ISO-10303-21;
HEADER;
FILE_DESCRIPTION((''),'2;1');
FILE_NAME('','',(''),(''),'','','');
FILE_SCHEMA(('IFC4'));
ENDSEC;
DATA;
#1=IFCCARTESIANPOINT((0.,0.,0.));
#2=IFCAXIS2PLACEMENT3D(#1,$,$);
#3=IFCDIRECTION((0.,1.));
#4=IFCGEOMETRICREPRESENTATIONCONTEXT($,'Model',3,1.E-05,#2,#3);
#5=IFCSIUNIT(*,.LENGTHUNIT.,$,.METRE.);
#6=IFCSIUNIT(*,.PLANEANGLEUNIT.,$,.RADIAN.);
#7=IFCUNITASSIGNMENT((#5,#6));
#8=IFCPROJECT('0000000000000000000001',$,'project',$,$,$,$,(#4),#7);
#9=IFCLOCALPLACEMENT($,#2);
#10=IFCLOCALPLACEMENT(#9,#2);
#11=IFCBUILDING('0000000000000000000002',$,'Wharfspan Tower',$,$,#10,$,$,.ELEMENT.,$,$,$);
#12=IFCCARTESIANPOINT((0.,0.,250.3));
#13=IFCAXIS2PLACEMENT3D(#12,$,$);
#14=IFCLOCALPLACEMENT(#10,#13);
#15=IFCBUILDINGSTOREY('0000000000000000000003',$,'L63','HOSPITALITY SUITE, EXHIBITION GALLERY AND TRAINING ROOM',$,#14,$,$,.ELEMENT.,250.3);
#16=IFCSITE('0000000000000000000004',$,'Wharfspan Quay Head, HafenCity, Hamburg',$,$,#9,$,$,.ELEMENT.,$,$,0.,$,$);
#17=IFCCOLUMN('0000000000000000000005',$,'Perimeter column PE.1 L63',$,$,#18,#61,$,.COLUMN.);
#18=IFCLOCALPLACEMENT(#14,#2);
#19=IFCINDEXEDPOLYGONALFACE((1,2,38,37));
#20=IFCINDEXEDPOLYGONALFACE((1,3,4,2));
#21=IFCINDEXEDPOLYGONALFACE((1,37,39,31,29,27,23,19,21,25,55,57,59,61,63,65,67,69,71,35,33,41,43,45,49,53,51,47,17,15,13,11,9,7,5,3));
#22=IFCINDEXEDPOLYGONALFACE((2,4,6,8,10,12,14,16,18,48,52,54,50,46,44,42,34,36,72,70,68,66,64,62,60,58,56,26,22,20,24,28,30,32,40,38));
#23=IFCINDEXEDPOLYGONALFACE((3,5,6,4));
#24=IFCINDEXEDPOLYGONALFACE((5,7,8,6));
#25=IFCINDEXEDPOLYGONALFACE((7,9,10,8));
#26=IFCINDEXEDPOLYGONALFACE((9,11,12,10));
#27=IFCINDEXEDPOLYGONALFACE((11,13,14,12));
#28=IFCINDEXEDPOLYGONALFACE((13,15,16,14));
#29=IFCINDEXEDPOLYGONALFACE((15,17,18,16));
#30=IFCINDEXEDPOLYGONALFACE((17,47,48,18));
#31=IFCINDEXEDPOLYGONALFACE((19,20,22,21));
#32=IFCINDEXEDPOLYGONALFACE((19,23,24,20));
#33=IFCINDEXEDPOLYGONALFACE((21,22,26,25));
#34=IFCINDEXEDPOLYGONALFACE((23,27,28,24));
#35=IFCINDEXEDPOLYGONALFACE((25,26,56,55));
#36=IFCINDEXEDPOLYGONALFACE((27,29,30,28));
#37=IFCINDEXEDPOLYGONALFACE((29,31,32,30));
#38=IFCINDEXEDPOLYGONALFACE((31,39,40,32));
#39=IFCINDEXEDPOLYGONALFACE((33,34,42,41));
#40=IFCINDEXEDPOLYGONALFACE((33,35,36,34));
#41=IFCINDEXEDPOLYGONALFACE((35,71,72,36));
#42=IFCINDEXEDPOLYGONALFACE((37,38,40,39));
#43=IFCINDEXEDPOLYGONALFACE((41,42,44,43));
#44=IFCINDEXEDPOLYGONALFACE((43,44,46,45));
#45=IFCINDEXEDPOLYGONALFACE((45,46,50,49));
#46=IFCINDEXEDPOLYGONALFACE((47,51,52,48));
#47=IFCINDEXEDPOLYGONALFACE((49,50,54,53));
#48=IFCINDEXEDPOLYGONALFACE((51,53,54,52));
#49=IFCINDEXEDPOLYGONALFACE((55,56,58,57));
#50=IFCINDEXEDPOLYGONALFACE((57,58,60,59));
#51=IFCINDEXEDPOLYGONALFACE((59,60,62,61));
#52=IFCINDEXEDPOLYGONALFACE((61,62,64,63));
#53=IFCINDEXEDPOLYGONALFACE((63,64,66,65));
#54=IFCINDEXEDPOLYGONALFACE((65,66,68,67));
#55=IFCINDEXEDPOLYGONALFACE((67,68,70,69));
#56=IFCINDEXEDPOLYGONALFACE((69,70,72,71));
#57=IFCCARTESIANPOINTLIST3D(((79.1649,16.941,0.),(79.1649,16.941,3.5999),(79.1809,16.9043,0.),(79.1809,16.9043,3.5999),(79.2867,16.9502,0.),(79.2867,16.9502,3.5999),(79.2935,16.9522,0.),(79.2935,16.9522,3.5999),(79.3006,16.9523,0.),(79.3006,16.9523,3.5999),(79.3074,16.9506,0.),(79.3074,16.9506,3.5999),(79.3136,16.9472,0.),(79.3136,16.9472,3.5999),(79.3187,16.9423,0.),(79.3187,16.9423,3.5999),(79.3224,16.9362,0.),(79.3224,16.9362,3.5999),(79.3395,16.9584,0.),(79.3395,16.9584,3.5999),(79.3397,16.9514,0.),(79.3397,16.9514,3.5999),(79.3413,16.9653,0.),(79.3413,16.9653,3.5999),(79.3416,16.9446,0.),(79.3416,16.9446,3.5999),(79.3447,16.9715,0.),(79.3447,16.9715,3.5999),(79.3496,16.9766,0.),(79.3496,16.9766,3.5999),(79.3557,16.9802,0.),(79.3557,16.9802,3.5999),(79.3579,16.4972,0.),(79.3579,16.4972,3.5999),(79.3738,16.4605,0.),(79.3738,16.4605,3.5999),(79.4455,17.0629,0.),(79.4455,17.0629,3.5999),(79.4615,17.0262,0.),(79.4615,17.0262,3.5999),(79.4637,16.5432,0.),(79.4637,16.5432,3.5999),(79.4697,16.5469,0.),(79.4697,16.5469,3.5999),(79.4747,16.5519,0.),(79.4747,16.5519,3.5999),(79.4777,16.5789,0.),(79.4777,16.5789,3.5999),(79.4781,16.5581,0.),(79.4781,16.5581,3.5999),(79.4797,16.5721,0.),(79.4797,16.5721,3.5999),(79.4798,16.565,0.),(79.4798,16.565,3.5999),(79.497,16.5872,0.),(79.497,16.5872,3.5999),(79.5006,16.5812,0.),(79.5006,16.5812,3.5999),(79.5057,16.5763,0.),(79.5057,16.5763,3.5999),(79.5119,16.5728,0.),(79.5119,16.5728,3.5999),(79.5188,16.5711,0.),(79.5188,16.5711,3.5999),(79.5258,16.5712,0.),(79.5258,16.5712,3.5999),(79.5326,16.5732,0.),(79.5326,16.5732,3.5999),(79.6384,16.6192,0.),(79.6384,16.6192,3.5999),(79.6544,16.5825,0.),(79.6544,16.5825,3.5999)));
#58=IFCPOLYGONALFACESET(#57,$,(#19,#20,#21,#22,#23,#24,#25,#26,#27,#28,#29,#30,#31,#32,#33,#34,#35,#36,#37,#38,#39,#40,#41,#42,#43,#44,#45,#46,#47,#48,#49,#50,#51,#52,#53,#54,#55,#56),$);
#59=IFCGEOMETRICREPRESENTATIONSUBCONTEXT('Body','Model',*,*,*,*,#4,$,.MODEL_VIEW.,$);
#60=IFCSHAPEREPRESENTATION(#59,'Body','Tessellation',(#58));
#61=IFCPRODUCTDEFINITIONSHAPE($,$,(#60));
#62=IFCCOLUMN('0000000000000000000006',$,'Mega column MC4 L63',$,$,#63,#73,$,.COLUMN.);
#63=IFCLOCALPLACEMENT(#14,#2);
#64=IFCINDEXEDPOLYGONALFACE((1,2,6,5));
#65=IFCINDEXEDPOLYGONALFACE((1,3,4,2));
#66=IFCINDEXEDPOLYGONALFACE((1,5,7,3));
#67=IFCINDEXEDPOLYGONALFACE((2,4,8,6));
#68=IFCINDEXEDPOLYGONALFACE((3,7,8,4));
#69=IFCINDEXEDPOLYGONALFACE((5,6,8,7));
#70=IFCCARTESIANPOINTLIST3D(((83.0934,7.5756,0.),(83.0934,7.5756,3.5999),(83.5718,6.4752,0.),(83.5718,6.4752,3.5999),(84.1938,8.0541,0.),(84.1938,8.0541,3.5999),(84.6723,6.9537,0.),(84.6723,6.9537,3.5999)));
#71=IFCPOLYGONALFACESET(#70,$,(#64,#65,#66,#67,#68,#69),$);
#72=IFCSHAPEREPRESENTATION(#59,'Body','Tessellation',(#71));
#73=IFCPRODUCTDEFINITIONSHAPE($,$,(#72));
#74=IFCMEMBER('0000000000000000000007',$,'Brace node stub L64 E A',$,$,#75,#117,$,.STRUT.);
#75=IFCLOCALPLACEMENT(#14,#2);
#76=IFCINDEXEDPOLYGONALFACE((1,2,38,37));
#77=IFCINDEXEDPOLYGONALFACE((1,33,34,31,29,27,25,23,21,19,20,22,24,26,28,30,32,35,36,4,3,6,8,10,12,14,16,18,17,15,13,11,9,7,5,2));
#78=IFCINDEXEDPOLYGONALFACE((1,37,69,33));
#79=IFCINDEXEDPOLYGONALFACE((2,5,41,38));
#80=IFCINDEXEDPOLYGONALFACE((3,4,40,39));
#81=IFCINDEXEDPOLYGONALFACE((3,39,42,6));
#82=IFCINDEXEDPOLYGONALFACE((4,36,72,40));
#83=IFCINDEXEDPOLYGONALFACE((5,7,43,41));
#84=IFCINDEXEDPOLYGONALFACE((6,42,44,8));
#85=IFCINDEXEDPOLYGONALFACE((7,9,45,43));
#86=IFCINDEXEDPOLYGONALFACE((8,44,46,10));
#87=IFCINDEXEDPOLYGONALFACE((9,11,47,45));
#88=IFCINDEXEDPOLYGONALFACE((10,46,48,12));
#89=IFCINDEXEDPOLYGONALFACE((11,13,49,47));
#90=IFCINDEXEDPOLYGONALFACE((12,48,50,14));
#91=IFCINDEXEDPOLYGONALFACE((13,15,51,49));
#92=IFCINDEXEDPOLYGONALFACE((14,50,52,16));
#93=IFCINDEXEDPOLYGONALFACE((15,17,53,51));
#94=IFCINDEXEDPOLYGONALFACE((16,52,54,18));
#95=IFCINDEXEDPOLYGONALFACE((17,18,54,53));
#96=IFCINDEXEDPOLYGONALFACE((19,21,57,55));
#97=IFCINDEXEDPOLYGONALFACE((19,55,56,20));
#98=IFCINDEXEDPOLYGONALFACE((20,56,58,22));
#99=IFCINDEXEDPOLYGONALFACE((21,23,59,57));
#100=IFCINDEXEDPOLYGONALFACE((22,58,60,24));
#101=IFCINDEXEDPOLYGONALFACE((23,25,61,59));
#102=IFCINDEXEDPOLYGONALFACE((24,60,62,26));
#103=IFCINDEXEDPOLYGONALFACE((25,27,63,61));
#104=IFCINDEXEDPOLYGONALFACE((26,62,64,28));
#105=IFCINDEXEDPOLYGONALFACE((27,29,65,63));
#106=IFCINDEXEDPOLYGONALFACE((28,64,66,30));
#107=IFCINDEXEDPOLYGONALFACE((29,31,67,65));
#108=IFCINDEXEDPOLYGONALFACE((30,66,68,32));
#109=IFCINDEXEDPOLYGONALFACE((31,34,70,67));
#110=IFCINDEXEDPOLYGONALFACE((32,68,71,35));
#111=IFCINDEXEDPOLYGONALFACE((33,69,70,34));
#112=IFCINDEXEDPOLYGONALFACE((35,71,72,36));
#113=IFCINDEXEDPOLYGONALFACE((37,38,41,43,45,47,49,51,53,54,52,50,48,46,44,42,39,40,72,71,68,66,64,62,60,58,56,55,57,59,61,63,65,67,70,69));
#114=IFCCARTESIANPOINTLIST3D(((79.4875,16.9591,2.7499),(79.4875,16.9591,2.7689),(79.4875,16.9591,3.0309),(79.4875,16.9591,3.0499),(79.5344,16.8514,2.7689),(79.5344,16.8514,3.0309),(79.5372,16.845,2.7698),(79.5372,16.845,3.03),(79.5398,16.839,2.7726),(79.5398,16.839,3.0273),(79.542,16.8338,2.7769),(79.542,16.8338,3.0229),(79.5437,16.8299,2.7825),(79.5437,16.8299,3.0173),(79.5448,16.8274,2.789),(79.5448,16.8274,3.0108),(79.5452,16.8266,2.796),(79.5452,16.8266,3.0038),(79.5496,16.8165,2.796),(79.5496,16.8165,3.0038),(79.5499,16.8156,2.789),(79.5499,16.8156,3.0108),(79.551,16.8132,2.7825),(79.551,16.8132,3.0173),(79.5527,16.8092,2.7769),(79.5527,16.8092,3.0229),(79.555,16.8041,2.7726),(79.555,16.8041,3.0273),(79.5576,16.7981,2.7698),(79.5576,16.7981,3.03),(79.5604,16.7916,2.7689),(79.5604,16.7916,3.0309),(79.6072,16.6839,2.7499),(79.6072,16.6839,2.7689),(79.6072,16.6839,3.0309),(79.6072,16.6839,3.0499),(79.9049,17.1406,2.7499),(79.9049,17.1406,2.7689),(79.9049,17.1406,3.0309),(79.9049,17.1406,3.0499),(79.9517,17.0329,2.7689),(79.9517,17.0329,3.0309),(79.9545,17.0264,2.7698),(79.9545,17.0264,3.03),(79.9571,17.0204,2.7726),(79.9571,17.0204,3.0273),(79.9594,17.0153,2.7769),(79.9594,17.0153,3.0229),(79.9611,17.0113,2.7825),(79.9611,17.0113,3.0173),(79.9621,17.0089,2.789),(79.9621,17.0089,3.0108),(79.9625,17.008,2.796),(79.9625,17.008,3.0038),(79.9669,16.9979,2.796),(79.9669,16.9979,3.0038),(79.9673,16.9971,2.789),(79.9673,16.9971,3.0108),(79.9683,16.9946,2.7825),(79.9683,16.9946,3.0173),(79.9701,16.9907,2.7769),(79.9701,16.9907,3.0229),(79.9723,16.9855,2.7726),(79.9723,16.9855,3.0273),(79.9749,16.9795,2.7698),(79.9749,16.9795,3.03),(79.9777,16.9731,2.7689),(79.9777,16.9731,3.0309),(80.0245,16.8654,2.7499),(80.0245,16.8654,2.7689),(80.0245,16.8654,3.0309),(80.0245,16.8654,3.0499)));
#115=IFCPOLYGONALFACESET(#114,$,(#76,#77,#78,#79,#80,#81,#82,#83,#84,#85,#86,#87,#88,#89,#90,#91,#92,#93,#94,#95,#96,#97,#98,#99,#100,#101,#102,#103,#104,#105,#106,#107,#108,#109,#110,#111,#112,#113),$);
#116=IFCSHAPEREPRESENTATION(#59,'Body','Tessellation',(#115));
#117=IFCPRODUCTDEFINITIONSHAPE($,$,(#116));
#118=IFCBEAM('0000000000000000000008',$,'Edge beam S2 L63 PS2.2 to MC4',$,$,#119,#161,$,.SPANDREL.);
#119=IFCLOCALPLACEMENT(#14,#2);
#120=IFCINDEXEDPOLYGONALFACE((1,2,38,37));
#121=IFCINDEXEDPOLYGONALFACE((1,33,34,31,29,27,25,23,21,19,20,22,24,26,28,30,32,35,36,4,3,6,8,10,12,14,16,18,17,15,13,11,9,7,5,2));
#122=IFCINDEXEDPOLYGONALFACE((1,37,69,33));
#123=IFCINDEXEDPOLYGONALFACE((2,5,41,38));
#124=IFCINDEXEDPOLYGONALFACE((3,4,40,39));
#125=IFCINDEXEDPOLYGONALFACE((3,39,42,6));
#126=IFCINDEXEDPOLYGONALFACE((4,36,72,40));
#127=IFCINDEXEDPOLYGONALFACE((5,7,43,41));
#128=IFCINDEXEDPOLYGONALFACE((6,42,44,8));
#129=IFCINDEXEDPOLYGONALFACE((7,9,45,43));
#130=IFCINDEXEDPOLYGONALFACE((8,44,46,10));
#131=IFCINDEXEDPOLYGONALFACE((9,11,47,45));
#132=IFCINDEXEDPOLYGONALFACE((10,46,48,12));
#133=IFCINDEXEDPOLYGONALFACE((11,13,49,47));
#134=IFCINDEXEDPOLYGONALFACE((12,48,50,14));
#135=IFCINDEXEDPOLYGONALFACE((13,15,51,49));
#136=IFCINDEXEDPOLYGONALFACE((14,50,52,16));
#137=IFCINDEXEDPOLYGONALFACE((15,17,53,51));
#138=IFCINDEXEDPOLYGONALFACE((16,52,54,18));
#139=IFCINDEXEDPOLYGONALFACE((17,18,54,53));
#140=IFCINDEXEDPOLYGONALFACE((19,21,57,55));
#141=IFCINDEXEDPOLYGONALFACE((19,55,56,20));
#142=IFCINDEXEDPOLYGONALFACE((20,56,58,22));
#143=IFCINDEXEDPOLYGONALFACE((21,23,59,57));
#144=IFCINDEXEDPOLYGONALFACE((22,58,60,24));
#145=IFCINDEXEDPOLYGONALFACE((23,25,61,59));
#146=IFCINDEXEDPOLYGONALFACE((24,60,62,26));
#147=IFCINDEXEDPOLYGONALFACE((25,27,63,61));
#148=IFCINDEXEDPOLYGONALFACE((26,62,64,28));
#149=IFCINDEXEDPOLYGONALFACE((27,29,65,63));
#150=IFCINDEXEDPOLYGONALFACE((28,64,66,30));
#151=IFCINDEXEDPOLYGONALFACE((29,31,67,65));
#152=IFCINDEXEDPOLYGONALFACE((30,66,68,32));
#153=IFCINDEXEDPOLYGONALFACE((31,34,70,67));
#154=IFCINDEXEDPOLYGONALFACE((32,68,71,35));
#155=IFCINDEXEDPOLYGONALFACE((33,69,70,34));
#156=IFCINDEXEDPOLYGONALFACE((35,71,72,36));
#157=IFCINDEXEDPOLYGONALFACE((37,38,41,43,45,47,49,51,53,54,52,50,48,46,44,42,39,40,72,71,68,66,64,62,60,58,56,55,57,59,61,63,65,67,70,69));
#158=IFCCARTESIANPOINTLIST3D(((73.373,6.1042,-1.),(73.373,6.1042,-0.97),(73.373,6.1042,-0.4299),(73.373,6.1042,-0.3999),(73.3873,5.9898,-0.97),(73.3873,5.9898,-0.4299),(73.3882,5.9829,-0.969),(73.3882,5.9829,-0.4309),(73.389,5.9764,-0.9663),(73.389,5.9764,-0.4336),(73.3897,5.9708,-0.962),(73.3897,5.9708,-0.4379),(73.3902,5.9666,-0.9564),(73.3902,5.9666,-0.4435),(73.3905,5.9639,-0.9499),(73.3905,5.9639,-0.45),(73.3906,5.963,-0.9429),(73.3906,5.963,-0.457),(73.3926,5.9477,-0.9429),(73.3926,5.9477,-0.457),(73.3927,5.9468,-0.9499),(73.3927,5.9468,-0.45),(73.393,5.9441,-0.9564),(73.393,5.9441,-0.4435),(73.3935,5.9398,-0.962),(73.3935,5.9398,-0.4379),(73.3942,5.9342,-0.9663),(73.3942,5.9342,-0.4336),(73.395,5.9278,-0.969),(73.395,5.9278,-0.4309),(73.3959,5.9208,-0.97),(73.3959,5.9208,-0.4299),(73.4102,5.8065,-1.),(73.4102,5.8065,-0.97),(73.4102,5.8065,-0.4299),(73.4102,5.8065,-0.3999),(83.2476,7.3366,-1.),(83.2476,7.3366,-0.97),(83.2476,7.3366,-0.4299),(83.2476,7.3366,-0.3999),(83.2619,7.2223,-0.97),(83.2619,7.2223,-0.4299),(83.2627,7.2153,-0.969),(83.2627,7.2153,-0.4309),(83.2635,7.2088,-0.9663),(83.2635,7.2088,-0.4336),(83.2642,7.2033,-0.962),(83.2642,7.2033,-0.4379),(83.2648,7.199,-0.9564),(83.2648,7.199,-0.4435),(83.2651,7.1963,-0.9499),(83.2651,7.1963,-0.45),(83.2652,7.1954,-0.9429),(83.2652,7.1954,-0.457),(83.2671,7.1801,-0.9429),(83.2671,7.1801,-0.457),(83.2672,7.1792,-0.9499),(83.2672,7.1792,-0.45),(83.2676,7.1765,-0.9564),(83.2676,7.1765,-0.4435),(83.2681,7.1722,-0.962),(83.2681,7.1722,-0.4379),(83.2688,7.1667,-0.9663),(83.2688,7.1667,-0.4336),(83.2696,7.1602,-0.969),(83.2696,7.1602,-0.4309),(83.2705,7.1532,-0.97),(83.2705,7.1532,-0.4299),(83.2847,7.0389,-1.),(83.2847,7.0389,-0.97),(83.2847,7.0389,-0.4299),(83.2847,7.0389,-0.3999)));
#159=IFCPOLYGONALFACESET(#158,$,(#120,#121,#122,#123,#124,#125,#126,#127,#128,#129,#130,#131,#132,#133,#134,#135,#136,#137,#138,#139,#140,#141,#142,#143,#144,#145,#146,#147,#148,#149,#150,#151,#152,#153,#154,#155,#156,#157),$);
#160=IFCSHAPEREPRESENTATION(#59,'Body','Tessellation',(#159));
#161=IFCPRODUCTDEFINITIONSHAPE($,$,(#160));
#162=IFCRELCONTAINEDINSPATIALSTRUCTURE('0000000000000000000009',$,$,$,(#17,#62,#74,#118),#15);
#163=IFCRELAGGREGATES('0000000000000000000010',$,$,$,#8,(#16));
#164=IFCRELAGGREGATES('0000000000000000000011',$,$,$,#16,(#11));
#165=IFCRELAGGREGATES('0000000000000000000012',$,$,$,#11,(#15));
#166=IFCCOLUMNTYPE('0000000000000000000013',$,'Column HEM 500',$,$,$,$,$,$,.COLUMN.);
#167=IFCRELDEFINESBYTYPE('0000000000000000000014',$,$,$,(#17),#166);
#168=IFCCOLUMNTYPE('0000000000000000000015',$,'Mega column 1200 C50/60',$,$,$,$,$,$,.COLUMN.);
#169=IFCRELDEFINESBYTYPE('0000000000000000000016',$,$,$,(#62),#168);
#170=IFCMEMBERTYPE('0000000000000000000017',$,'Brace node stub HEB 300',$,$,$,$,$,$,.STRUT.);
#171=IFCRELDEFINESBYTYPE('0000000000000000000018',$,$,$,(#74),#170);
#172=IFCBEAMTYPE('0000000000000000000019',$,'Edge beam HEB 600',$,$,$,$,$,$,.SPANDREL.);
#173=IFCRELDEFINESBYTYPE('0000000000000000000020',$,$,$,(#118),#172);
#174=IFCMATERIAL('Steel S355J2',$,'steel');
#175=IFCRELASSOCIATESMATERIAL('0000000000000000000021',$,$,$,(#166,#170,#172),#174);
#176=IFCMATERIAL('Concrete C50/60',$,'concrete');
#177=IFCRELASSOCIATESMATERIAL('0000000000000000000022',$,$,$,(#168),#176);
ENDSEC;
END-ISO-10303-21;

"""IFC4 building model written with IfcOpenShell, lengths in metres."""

from ifc_helpers import new_model, si_unit, direction, frame, origin, origin_2d, place, context, subcontext, project, spatial, rectangle, i_section, extrude, material, material_profile, profile_set, type_object, element, save


model = new_model("IFC4")

# Units and contexts
model_context = context("Model", 3, precision=1e-05, world=origin(), true_north=direction((0.0, 1.0)))
body_context = subcontext(model_context, "Body", "Model", "MODEL_VIEW")
ifc_project = project(units=[si_unit("LENGTHUNIT", "METRE"), si_unit("PLANEANGLEUNIT", "RADIAN")], contexts=[model_context])

# Site, building, storey
site_placement = place(None, origin())
site = spatial("IfcSite", under=ifc_project, at=site_placement, Name="Wharfspan Quay Head, HafenCity, Hamburg", CompositionType="ELEMENT", RefElevation=0.0)
building_placement = place(site_placement, origin())
building = spatial("IfcBuilding", under=site, at=building_placement, Name="Wharfspan Tower", CompositionType="ELEMENT")
storey_placement = place(building_placement, frame((0.0, 0.0, 250.3)))
storey = spatial("IfcBuildingStorey", under=building, at=storey_placement, Name="L63", Description="HOSPITALITY SUITE, EXHIBITION GALLERY AND TRAINING ROOM", CompositionType="ELEMENT", Elevation=250.3)

# Columns
ifc_material_1 = material(Name="Steel S355J2", Category="steel")
ifc_material_profile_1 = material_profile(ifc_material_1, i_section(OverallWidth=0.3059, OverallDepth=0.5239, WebThickness=0.021, FlangeThickness=0.04, FilletRadius=0.0271, at=origin_2d()))
ifc_profile_set_1 = profile_set([ifc_material_profile_1], Name="Steel S355J2")
column_type_1 = type_object("IfcColumnType", Name="Column HEM 500", PredefinedType="COLUMN", material=ifc_profile_set_1)
column_1_placement = place(storey_placement, frame((79.4097, 16.7617, 0.0), z_axis=(0.0, 0.0, 1.0), x_axis=(0.917072, 0.398727, 0.0)))
element("IfcColumn", 1, at=column_1_placement, inside=storey, type_object=column_type_1, Name="Perimeter column PE.1 L63", PredefinedType="COLUMN", context=body_context, shape_type="SweptSolid", body=[
    extrude(i_section(OverallWidth=0.3059, OverallDepth=0.5239, WebThickness=0.021, FlangeThickness=0.04, FilletRadius=0.0271, at=origin_2d()), origin(), (0.0, 0.0, 1.0), 3.5999),
])
ifc_material_2 = material(Name="Concrete C50/60", Category="concrete")
ifc_material_profile_2 = material_profile(ifc_material_2, rectangle(XDim=1.2, YDim=1.2, at=origin_2d()))
ifc_profile_set_2 = profile_set([ifc_material_profile_2], Name="Concrete C50/60")
column_type_2 = type_object("IfcColumnType", Name="Mega column 1200 C50/60", PredefinedType="COLUMN", material=ifc_profile_set_2)
column_2_placement = place(storey_placement, frame((83.8828, 7.2646, 0.0), z_axis=(0.0, 0.0, 1.0), x_axis=(-0.398727, 0.917072, 0.0)))
element("IfcColumn", 2, at=column_2_placement, inside=storey, type_object=column_type_2, Name="Mega column MC4 L63", PredefinedType="COLUMN", context=body_context, shape_type="SweptSolid", body=[
    extrude(rectangle(XDim=1.2, YDim=1.2, at=origin_2d()), origin(), (0.0, 0.0, 1.0), 3.5999),
])

# Member
ifc_material_profile_3 = material_profile(ifc_material_1, i_section(OverallWidth=0.3, OverallDepth=0.3, WebThickness=0.011, FlangeThickness=0.019, FilletRadius=0.0271, at=origin_2d()))
ifc_profile_set_3 = profile_set([ifc_material_profile_3], Name="Steel S355J2")
member_type_1 = type_object("IfcMemberType", Name="Brace node stub HEB 300", PredefinedType="STRUT", material=ifc_profile_set_3)
member_1_placement = place(storey_placement, frame((79.5474, 16.8215, 2.8999), z_axis=(0.917079, 0.398706, 0.0), x_axis=(-0.398706, 0.917079, 0.0)))
element("IfcMember", 3, at=member_1_placement, inside=storey, type_object=member_type_1, Name="Brace node stub L64 E A", PredefinedType="STRUT", context=body_context, shape_type="SweptSolid", body=[
    extrude(i_section(OverallWidth=0.3, OverallDepth=0.3, WebThickness=0.011, FlangeThickness=0.019, FilletRadius=0.0271, at=origin_2d()), origin(), (0.0, 0.0, 1.0), 0.4551),
])

# Beam
ifc_material_profile_4 = material_profile(ifc_material_1, i_section(OverallWidth=0.3, OverallDepth=0.6001, WebThickness=0.0154, FlangeThickness=0.03, FilletRadius=0.0271, at=origin_2d()))
ifc_profile_set_4 = profile_set([ifc_material_profile_4], Name="Steel S355J2")
beam_type = type_object("IfcBeamType", Name="Edge beam HEB 600", PredefinedType="SPANDREL", material=ifc_profile_set_4)
beam_1_placement = place(storey_placement, frame((73.3916, 5.9553, -0.7), z_axis=(0.992301, 0.123848, 0.0), x_axis=(-0.123848, 0.992301, 0.0)))
element("IfcBeam", 4, at=beam_1_placement, inside=storey, type_object=beam_type, Name="Edge beam S2 L63 PS2.2 to MC4", PredefinedType="SPANDREL", context=body_context, shape_type="SweptSolid", body=[
    extrude(i_section(OverallWidth=0.3, OverallDepth=0.6001, WebThickness=0.0154, FlangeThickness=0.03, FilletRadius=0.0271, at=origin_2d()), origin(), (0.0, 0.0, 1.0), 9.9512),
])

save(model, "model.ifc")
